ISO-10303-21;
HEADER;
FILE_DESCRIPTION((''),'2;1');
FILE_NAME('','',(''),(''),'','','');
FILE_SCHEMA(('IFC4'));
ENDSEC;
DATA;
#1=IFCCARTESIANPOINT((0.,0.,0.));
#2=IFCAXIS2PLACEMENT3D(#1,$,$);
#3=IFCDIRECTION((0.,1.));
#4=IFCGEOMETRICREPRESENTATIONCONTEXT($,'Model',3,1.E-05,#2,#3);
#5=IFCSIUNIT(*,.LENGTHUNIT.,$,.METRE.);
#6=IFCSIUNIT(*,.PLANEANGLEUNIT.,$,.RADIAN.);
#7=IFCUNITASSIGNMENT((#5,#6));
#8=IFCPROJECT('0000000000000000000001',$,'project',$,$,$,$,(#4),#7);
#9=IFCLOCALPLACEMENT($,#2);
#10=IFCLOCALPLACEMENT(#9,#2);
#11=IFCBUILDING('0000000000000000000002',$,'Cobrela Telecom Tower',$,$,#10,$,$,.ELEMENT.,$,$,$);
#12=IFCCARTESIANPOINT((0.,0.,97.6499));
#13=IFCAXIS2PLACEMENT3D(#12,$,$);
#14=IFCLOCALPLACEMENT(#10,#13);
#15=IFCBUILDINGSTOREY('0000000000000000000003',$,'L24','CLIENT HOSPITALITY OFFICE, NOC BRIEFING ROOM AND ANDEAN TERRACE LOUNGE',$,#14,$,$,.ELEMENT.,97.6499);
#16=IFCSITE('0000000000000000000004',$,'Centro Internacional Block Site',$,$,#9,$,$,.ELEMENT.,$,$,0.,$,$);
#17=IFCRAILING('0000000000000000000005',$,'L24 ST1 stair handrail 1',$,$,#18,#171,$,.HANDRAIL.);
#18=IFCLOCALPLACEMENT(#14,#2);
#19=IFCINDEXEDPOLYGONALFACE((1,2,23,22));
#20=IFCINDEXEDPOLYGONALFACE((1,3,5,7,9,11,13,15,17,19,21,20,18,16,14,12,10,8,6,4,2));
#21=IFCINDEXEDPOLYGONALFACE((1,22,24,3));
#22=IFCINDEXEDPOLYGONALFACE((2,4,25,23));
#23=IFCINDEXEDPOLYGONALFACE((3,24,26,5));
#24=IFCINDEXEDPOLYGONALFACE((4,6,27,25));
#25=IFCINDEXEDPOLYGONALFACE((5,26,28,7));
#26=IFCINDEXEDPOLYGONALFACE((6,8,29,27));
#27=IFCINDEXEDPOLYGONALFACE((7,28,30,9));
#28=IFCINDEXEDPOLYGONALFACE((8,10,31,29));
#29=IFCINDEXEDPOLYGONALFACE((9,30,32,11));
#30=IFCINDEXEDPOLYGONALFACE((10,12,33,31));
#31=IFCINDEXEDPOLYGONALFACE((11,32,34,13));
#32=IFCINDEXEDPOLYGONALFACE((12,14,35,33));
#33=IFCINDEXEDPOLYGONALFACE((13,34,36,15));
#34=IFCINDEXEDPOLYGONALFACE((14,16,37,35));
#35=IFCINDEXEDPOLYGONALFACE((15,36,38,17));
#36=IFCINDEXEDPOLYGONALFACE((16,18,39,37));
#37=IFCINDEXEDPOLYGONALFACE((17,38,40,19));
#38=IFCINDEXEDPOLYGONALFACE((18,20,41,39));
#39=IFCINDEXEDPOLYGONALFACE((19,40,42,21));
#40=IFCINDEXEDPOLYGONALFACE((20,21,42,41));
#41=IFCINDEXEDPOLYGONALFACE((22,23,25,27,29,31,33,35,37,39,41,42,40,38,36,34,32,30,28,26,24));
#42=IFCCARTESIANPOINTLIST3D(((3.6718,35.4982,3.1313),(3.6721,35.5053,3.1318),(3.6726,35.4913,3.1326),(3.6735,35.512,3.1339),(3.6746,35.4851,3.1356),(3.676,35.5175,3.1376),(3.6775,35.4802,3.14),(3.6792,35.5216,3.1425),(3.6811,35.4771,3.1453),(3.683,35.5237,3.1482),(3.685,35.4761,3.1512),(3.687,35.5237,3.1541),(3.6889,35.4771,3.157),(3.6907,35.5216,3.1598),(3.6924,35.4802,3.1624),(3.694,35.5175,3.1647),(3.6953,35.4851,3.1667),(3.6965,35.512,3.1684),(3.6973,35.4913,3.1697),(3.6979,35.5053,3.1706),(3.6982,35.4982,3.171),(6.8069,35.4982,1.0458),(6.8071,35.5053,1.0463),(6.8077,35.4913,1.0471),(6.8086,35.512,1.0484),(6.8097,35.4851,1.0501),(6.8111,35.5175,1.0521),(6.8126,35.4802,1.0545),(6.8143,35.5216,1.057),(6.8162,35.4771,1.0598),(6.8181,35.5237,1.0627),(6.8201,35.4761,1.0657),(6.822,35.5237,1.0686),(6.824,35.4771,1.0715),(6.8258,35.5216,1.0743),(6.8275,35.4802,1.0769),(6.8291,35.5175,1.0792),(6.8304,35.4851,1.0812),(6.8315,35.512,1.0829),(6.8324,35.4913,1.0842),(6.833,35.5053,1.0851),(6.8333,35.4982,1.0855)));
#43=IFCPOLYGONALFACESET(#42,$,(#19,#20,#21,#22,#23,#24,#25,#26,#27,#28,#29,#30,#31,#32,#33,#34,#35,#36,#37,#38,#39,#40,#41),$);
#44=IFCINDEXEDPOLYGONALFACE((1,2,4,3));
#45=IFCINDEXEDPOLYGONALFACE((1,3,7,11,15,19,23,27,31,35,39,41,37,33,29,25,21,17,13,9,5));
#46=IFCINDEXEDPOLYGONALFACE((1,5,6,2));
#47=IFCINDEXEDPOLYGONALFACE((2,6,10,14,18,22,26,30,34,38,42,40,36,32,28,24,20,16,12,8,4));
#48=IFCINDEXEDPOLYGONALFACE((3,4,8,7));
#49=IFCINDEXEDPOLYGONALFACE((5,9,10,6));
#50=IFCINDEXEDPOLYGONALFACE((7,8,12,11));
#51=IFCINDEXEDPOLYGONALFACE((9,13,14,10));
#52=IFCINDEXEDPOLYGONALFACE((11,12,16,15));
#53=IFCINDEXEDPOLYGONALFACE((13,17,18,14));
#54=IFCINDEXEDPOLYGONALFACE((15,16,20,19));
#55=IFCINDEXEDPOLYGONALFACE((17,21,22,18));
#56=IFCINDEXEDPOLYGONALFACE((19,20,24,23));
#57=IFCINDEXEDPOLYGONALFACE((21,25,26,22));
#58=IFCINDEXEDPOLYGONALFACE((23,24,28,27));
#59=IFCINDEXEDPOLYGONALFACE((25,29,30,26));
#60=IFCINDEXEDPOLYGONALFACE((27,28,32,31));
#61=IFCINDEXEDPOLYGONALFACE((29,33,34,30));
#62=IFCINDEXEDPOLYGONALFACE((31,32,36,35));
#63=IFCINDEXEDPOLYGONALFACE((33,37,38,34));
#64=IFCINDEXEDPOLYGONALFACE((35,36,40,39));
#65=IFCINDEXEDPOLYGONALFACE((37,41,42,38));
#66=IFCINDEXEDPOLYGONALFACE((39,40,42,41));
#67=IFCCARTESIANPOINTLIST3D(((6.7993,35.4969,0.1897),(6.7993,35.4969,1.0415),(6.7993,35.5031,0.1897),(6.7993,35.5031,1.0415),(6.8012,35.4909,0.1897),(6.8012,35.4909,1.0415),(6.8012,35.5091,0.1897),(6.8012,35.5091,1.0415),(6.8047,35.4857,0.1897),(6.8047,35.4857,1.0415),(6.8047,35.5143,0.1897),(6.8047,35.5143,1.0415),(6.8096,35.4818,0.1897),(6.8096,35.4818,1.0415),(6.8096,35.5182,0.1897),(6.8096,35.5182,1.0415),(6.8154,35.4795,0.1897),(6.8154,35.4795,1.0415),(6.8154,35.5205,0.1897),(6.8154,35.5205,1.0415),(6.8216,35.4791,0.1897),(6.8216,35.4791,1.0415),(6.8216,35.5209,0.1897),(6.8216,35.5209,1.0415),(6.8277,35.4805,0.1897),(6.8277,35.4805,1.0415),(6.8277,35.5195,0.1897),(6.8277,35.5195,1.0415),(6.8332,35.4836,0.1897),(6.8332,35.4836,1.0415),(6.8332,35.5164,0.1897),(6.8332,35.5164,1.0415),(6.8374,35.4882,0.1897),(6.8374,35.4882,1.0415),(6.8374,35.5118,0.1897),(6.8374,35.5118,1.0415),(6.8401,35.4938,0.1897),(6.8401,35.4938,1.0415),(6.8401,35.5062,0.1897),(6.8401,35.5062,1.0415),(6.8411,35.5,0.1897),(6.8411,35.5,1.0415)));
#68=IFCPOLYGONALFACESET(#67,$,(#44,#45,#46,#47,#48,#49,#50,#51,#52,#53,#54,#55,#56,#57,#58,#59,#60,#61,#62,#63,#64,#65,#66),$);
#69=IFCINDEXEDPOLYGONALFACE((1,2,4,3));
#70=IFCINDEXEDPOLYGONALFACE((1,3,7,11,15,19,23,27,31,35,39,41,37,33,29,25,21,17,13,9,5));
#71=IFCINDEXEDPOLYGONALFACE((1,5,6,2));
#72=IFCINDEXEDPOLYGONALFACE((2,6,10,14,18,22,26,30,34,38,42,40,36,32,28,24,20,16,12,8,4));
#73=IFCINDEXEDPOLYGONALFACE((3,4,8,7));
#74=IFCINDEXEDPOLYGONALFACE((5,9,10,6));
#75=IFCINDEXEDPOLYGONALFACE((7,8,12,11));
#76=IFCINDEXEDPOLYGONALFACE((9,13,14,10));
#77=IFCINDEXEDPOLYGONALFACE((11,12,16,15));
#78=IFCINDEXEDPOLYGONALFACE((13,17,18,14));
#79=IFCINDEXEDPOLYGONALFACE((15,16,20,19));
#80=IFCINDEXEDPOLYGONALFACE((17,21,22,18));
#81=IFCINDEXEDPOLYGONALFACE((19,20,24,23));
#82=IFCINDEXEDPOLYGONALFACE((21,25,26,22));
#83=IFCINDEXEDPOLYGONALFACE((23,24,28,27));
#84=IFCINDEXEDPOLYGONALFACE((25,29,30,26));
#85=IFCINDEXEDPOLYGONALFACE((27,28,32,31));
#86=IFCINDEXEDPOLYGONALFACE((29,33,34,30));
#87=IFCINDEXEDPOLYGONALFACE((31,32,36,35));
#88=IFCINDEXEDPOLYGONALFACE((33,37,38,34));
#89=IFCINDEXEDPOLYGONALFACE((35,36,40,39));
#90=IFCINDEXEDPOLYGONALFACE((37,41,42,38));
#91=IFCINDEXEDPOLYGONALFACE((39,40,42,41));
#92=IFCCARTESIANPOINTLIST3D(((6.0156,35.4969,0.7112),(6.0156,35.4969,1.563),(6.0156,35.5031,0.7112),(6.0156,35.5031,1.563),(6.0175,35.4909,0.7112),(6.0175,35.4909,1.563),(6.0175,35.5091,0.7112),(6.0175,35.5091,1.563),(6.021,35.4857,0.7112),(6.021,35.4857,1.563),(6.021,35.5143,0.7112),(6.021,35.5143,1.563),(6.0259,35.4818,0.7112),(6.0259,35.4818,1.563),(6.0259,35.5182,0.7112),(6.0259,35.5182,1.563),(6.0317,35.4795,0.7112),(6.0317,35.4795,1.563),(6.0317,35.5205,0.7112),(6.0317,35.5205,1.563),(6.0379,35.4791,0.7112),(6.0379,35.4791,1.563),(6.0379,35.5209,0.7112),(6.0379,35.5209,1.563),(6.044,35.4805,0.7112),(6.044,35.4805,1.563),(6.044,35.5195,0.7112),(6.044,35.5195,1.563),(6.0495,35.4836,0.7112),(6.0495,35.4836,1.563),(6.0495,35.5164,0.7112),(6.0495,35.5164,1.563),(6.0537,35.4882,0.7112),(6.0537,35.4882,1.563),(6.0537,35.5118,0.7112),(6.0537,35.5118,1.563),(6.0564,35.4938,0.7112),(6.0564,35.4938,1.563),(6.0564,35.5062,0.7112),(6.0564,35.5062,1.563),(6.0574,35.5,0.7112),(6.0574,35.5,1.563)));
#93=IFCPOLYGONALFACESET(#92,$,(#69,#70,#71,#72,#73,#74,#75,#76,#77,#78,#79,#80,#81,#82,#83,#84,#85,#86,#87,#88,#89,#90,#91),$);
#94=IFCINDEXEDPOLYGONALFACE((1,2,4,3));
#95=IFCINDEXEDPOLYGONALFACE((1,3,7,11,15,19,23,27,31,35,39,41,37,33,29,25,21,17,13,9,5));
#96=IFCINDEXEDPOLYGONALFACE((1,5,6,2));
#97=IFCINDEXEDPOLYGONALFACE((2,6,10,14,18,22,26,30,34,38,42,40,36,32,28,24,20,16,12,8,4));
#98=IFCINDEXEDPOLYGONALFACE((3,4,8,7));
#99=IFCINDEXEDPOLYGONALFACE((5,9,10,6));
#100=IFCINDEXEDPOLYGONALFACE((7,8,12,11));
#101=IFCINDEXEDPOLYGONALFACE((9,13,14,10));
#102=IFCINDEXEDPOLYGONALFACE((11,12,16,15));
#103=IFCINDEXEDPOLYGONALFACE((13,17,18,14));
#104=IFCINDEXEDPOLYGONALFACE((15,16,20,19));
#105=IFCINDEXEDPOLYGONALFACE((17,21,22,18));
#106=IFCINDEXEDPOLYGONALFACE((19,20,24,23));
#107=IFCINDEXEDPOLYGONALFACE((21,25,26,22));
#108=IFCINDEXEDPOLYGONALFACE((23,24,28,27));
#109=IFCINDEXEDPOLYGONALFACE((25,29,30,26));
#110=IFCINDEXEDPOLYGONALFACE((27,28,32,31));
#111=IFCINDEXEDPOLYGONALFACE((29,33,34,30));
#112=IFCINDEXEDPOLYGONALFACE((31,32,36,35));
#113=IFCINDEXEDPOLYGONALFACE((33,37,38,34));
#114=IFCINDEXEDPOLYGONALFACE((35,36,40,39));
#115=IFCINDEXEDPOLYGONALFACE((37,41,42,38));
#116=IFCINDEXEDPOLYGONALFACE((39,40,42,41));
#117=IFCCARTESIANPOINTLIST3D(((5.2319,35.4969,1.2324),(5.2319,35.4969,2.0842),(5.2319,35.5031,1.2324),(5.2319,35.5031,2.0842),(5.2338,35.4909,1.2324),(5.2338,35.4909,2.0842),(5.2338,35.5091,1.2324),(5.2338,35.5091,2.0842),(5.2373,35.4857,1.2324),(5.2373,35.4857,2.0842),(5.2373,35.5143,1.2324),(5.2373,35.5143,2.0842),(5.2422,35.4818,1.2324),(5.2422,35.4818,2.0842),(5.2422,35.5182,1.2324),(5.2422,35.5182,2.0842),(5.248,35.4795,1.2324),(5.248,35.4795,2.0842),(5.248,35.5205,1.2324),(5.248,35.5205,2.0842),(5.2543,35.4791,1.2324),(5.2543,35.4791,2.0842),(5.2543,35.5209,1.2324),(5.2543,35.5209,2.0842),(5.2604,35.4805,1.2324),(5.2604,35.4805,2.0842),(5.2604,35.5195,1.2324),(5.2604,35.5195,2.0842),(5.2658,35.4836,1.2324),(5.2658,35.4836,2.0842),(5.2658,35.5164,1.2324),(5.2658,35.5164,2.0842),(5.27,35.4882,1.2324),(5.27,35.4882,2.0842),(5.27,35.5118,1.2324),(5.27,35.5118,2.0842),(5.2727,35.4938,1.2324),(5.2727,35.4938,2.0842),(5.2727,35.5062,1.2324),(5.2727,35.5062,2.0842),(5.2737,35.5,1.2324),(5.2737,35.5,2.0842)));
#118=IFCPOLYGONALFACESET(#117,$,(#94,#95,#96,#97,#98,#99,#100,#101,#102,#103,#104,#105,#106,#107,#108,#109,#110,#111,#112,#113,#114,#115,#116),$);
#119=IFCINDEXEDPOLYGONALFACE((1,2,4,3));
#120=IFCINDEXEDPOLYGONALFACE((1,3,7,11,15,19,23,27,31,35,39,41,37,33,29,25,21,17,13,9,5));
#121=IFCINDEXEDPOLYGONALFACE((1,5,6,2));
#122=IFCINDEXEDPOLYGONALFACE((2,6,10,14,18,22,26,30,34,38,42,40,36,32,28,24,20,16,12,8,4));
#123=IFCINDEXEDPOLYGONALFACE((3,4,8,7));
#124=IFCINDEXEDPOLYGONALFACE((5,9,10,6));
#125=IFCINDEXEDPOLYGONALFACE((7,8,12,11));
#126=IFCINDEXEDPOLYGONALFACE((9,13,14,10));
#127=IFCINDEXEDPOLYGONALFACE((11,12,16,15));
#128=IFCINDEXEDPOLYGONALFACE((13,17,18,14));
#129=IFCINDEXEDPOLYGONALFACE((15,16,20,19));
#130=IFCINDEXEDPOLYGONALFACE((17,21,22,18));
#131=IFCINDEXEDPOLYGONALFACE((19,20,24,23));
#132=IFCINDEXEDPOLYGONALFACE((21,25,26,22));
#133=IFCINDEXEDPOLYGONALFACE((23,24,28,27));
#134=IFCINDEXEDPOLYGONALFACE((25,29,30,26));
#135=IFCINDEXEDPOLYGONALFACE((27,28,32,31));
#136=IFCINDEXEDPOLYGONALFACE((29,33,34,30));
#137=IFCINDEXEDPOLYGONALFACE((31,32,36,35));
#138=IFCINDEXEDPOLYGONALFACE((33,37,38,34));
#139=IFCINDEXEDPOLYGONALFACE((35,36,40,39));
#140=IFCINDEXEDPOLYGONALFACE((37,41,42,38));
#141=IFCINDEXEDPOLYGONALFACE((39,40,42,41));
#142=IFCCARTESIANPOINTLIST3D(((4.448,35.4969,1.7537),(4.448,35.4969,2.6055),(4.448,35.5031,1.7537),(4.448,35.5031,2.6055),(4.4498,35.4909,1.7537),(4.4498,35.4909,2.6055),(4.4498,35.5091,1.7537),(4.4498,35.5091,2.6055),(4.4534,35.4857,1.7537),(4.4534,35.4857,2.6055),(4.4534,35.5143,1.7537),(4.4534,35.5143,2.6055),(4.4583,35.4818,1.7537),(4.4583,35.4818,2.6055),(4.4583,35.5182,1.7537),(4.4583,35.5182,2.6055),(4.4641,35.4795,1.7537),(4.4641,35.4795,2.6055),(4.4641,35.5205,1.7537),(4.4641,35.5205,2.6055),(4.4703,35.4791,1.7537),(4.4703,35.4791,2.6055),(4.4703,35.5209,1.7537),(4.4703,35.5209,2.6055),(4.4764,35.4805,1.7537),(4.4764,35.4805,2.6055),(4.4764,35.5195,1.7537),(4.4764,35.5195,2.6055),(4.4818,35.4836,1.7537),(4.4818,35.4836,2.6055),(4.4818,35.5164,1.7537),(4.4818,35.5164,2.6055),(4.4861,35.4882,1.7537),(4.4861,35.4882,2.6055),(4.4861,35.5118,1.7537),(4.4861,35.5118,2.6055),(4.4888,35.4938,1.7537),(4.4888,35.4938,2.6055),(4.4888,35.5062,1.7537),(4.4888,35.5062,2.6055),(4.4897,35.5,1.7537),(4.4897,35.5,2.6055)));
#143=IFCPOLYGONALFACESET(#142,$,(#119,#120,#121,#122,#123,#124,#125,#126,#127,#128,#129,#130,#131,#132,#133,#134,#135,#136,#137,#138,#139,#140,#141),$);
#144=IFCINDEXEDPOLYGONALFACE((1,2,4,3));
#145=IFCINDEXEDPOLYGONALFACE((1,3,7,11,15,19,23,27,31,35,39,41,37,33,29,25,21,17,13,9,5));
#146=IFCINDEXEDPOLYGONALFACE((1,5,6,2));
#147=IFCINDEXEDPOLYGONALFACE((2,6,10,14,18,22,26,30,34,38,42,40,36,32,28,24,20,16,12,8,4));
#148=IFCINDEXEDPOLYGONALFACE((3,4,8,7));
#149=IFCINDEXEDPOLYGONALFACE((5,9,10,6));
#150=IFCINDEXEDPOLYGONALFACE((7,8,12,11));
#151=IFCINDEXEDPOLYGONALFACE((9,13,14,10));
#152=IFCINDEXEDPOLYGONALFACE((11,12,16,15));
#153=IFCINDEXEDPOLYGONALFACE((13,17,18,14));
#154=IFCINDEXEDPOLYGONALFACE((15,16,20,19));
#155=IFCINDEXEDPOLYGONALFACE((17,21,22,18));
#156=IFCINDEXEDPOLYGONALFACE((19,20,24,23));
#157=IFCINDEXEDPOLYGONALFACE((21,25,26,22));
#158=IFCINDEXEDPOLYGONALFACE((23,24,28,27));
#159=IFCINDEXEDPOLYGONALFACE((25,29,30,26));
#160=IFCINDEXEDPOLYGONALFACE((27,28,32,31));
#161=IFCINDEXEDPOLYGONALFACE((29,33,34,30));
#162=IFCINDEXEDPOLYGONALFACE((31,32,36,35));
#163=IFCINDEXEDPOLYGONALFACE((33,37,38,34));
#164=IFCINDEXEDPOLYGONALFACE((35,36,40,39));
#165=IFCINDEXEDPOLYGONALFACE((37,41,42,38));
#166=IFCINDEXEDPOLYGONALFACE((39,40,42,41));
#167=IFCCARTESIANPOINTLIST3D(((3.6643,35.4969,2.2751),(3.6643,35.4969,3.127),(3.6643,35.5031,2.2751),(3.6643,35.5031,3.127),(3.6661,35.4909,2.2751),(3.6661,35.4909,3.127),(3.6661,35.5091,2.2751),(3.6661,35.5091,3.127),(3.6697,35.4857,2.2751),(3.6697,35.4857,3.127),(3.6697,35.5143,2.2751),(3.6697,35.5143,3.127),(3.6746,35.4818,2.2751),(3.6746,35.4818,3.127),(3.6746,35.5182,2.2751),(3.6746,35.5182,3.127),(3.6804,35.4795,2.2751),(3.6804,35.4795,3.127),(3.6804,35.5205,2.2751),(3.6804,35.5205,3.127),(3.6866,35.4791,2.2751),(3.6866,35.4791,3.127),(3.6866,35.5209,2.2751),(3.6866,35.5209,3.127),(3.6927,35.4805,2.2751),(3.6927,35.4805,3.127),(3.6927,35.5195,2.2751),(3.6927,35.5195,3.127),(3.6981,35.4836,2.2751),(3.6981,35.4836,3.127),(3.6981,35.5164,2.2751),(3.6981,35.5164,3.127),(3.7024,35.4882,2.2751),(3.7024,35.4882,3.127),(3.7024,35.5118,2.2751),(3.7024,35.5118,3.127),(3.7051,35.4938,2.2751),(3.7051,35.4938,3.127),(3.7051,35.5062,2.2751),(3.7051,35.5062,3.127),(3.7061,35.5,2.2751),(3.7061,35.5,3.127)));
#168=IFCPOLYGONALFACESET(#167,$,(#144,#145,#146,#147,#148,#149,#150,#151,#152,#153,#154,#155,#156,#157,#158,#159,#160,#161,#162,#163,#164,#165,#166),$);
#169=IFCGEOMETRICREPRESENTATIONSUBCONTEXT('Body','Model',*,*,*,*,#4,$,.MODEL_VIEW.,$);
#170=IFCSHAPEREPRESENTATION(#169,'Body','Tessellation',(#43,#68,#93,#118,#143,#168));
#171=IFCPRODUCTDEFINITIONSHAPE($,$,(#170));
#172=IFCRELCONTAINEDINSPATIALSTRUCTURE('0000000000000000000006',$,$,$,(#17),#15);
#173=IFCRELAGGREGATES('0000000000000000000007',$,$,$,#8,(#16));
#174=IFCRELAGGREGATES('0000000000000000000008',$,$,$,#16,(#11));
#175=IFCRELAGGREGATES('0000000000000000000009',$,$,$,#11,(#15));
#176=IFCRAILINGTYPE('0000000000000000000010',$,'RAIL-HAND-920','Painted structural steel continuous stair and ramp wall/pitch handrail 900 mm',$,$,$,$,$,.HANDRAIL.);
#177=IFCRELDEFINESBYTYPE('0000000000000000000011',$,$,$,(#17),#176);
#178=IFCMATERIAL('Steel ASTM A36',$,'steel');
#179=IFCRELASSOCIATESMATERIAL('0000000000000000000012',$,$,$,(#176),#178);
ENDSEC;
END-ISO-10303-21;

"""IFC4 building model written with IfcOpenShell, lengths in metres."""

from ifc_helpers import new_model, si_unit, direction, frame, origin, origin_2d, place, context, subcontext, project, spatial, circle, extrude, material, type_object, element, save


model = new_model("IFC4")

# Units and contexts
model_context = context("Model", 3, precision=1e-05, world=origin(), true_north=direction((0.0, 1.0)))
body_context = subcontext(model_context, "Body", "Model", "MODEL_VIEW")
ifc_project = project(units=[si_unit("LENGTHUNIT", "METRE"), si_unit("PLANEANGLEUNIT", "RADIAN")], contexts=[model_context])

# Site, building, storey
site_placement = place(None, origin())
site = spatial("IfcSite", under=ifc_project, at=site_placement, Name="Centro Internacional Block Site", CompositionType="ELEMENT", RefElevation=0.0)
building_placement = place(site_placement, origin())
building = spatial("IfcBuilding", under=site, at=building_placement, Name="Cobrela Telecom Tower", CompositionType="ELEMENT")
storey_placement = place(building_placement, frame((0.0, 0.0, 97.6499)))
storey = spatial("IfcBuildingStorey", under=building, at=storey_placement, Name="L24", Description="CLIENT HOSPITALITY OFFICE, NOC BRIEFING ROOM AND ANDEAN TERRACE LOUNGE", CompositionType="ELEMENT", Elevation=97.6499)

# Railing
ifc_material_1 = material(Name="Steel ASTM A36", Category="steel")
railing_type_1 = type_object("IfcRailingType", Name="RAIL-HAND-920", Description="Painted structural steel continuous stair and ramp wall/pitch handrail 900 mm", PredefinedType="HANDRAIL", material=ifc_material_1)
railing_1_placement = place(storey_placement, frame((6.8201, 35.5, 0.1897)))
element("IfcRailing", 1, at=railing_1_placement, inside=storey, type_object=railing_type_1, Name="L24 ST1 stair handrail 1", PredefinedType="HANDRAIL", context=body_context, shape_type="SweptSolid", body=[
    extrude(circle(Radius=0.0239, at=origin_2d()), frame((0.0, 0.0, 0.876), z_axis=(-0.832608, 0.0, 0.553862), x_axis=(0.0, -1.0, 0.0)), (0.0, 0.0, 1.0), 3.7654),
    extrude(circle(Radius=0.021, at=origin_2d()), origin(), (0.0, 0.0, 1.0), 0.8518),
    extrude(circle(Radius=0.021, at=origin_2d()), frame((-0.7837, 0.0, 0.5215)), (0.0, 0.0, 1.0), 0.8518),
    extrude(circle(Radius=0.021, at=origin_2d()), frame((-1.5674, 0.0, 1.0427)), (0.0, 0.0, 1.0), 0.8518),
    extrude(circle(Radius=0.021, at=origin_2d()), frame((-2.3513, 0.0, 1.564)), (0.0, 0.0, 1.0), 0.8518),
    extrude(circle(Radius=0.021, at=origin_2d()), frame((-3.135, 0.0, 2.0854)), (0.0, 0.0, 1.0), 0.8518),
])

save(model, "model.ifc")
